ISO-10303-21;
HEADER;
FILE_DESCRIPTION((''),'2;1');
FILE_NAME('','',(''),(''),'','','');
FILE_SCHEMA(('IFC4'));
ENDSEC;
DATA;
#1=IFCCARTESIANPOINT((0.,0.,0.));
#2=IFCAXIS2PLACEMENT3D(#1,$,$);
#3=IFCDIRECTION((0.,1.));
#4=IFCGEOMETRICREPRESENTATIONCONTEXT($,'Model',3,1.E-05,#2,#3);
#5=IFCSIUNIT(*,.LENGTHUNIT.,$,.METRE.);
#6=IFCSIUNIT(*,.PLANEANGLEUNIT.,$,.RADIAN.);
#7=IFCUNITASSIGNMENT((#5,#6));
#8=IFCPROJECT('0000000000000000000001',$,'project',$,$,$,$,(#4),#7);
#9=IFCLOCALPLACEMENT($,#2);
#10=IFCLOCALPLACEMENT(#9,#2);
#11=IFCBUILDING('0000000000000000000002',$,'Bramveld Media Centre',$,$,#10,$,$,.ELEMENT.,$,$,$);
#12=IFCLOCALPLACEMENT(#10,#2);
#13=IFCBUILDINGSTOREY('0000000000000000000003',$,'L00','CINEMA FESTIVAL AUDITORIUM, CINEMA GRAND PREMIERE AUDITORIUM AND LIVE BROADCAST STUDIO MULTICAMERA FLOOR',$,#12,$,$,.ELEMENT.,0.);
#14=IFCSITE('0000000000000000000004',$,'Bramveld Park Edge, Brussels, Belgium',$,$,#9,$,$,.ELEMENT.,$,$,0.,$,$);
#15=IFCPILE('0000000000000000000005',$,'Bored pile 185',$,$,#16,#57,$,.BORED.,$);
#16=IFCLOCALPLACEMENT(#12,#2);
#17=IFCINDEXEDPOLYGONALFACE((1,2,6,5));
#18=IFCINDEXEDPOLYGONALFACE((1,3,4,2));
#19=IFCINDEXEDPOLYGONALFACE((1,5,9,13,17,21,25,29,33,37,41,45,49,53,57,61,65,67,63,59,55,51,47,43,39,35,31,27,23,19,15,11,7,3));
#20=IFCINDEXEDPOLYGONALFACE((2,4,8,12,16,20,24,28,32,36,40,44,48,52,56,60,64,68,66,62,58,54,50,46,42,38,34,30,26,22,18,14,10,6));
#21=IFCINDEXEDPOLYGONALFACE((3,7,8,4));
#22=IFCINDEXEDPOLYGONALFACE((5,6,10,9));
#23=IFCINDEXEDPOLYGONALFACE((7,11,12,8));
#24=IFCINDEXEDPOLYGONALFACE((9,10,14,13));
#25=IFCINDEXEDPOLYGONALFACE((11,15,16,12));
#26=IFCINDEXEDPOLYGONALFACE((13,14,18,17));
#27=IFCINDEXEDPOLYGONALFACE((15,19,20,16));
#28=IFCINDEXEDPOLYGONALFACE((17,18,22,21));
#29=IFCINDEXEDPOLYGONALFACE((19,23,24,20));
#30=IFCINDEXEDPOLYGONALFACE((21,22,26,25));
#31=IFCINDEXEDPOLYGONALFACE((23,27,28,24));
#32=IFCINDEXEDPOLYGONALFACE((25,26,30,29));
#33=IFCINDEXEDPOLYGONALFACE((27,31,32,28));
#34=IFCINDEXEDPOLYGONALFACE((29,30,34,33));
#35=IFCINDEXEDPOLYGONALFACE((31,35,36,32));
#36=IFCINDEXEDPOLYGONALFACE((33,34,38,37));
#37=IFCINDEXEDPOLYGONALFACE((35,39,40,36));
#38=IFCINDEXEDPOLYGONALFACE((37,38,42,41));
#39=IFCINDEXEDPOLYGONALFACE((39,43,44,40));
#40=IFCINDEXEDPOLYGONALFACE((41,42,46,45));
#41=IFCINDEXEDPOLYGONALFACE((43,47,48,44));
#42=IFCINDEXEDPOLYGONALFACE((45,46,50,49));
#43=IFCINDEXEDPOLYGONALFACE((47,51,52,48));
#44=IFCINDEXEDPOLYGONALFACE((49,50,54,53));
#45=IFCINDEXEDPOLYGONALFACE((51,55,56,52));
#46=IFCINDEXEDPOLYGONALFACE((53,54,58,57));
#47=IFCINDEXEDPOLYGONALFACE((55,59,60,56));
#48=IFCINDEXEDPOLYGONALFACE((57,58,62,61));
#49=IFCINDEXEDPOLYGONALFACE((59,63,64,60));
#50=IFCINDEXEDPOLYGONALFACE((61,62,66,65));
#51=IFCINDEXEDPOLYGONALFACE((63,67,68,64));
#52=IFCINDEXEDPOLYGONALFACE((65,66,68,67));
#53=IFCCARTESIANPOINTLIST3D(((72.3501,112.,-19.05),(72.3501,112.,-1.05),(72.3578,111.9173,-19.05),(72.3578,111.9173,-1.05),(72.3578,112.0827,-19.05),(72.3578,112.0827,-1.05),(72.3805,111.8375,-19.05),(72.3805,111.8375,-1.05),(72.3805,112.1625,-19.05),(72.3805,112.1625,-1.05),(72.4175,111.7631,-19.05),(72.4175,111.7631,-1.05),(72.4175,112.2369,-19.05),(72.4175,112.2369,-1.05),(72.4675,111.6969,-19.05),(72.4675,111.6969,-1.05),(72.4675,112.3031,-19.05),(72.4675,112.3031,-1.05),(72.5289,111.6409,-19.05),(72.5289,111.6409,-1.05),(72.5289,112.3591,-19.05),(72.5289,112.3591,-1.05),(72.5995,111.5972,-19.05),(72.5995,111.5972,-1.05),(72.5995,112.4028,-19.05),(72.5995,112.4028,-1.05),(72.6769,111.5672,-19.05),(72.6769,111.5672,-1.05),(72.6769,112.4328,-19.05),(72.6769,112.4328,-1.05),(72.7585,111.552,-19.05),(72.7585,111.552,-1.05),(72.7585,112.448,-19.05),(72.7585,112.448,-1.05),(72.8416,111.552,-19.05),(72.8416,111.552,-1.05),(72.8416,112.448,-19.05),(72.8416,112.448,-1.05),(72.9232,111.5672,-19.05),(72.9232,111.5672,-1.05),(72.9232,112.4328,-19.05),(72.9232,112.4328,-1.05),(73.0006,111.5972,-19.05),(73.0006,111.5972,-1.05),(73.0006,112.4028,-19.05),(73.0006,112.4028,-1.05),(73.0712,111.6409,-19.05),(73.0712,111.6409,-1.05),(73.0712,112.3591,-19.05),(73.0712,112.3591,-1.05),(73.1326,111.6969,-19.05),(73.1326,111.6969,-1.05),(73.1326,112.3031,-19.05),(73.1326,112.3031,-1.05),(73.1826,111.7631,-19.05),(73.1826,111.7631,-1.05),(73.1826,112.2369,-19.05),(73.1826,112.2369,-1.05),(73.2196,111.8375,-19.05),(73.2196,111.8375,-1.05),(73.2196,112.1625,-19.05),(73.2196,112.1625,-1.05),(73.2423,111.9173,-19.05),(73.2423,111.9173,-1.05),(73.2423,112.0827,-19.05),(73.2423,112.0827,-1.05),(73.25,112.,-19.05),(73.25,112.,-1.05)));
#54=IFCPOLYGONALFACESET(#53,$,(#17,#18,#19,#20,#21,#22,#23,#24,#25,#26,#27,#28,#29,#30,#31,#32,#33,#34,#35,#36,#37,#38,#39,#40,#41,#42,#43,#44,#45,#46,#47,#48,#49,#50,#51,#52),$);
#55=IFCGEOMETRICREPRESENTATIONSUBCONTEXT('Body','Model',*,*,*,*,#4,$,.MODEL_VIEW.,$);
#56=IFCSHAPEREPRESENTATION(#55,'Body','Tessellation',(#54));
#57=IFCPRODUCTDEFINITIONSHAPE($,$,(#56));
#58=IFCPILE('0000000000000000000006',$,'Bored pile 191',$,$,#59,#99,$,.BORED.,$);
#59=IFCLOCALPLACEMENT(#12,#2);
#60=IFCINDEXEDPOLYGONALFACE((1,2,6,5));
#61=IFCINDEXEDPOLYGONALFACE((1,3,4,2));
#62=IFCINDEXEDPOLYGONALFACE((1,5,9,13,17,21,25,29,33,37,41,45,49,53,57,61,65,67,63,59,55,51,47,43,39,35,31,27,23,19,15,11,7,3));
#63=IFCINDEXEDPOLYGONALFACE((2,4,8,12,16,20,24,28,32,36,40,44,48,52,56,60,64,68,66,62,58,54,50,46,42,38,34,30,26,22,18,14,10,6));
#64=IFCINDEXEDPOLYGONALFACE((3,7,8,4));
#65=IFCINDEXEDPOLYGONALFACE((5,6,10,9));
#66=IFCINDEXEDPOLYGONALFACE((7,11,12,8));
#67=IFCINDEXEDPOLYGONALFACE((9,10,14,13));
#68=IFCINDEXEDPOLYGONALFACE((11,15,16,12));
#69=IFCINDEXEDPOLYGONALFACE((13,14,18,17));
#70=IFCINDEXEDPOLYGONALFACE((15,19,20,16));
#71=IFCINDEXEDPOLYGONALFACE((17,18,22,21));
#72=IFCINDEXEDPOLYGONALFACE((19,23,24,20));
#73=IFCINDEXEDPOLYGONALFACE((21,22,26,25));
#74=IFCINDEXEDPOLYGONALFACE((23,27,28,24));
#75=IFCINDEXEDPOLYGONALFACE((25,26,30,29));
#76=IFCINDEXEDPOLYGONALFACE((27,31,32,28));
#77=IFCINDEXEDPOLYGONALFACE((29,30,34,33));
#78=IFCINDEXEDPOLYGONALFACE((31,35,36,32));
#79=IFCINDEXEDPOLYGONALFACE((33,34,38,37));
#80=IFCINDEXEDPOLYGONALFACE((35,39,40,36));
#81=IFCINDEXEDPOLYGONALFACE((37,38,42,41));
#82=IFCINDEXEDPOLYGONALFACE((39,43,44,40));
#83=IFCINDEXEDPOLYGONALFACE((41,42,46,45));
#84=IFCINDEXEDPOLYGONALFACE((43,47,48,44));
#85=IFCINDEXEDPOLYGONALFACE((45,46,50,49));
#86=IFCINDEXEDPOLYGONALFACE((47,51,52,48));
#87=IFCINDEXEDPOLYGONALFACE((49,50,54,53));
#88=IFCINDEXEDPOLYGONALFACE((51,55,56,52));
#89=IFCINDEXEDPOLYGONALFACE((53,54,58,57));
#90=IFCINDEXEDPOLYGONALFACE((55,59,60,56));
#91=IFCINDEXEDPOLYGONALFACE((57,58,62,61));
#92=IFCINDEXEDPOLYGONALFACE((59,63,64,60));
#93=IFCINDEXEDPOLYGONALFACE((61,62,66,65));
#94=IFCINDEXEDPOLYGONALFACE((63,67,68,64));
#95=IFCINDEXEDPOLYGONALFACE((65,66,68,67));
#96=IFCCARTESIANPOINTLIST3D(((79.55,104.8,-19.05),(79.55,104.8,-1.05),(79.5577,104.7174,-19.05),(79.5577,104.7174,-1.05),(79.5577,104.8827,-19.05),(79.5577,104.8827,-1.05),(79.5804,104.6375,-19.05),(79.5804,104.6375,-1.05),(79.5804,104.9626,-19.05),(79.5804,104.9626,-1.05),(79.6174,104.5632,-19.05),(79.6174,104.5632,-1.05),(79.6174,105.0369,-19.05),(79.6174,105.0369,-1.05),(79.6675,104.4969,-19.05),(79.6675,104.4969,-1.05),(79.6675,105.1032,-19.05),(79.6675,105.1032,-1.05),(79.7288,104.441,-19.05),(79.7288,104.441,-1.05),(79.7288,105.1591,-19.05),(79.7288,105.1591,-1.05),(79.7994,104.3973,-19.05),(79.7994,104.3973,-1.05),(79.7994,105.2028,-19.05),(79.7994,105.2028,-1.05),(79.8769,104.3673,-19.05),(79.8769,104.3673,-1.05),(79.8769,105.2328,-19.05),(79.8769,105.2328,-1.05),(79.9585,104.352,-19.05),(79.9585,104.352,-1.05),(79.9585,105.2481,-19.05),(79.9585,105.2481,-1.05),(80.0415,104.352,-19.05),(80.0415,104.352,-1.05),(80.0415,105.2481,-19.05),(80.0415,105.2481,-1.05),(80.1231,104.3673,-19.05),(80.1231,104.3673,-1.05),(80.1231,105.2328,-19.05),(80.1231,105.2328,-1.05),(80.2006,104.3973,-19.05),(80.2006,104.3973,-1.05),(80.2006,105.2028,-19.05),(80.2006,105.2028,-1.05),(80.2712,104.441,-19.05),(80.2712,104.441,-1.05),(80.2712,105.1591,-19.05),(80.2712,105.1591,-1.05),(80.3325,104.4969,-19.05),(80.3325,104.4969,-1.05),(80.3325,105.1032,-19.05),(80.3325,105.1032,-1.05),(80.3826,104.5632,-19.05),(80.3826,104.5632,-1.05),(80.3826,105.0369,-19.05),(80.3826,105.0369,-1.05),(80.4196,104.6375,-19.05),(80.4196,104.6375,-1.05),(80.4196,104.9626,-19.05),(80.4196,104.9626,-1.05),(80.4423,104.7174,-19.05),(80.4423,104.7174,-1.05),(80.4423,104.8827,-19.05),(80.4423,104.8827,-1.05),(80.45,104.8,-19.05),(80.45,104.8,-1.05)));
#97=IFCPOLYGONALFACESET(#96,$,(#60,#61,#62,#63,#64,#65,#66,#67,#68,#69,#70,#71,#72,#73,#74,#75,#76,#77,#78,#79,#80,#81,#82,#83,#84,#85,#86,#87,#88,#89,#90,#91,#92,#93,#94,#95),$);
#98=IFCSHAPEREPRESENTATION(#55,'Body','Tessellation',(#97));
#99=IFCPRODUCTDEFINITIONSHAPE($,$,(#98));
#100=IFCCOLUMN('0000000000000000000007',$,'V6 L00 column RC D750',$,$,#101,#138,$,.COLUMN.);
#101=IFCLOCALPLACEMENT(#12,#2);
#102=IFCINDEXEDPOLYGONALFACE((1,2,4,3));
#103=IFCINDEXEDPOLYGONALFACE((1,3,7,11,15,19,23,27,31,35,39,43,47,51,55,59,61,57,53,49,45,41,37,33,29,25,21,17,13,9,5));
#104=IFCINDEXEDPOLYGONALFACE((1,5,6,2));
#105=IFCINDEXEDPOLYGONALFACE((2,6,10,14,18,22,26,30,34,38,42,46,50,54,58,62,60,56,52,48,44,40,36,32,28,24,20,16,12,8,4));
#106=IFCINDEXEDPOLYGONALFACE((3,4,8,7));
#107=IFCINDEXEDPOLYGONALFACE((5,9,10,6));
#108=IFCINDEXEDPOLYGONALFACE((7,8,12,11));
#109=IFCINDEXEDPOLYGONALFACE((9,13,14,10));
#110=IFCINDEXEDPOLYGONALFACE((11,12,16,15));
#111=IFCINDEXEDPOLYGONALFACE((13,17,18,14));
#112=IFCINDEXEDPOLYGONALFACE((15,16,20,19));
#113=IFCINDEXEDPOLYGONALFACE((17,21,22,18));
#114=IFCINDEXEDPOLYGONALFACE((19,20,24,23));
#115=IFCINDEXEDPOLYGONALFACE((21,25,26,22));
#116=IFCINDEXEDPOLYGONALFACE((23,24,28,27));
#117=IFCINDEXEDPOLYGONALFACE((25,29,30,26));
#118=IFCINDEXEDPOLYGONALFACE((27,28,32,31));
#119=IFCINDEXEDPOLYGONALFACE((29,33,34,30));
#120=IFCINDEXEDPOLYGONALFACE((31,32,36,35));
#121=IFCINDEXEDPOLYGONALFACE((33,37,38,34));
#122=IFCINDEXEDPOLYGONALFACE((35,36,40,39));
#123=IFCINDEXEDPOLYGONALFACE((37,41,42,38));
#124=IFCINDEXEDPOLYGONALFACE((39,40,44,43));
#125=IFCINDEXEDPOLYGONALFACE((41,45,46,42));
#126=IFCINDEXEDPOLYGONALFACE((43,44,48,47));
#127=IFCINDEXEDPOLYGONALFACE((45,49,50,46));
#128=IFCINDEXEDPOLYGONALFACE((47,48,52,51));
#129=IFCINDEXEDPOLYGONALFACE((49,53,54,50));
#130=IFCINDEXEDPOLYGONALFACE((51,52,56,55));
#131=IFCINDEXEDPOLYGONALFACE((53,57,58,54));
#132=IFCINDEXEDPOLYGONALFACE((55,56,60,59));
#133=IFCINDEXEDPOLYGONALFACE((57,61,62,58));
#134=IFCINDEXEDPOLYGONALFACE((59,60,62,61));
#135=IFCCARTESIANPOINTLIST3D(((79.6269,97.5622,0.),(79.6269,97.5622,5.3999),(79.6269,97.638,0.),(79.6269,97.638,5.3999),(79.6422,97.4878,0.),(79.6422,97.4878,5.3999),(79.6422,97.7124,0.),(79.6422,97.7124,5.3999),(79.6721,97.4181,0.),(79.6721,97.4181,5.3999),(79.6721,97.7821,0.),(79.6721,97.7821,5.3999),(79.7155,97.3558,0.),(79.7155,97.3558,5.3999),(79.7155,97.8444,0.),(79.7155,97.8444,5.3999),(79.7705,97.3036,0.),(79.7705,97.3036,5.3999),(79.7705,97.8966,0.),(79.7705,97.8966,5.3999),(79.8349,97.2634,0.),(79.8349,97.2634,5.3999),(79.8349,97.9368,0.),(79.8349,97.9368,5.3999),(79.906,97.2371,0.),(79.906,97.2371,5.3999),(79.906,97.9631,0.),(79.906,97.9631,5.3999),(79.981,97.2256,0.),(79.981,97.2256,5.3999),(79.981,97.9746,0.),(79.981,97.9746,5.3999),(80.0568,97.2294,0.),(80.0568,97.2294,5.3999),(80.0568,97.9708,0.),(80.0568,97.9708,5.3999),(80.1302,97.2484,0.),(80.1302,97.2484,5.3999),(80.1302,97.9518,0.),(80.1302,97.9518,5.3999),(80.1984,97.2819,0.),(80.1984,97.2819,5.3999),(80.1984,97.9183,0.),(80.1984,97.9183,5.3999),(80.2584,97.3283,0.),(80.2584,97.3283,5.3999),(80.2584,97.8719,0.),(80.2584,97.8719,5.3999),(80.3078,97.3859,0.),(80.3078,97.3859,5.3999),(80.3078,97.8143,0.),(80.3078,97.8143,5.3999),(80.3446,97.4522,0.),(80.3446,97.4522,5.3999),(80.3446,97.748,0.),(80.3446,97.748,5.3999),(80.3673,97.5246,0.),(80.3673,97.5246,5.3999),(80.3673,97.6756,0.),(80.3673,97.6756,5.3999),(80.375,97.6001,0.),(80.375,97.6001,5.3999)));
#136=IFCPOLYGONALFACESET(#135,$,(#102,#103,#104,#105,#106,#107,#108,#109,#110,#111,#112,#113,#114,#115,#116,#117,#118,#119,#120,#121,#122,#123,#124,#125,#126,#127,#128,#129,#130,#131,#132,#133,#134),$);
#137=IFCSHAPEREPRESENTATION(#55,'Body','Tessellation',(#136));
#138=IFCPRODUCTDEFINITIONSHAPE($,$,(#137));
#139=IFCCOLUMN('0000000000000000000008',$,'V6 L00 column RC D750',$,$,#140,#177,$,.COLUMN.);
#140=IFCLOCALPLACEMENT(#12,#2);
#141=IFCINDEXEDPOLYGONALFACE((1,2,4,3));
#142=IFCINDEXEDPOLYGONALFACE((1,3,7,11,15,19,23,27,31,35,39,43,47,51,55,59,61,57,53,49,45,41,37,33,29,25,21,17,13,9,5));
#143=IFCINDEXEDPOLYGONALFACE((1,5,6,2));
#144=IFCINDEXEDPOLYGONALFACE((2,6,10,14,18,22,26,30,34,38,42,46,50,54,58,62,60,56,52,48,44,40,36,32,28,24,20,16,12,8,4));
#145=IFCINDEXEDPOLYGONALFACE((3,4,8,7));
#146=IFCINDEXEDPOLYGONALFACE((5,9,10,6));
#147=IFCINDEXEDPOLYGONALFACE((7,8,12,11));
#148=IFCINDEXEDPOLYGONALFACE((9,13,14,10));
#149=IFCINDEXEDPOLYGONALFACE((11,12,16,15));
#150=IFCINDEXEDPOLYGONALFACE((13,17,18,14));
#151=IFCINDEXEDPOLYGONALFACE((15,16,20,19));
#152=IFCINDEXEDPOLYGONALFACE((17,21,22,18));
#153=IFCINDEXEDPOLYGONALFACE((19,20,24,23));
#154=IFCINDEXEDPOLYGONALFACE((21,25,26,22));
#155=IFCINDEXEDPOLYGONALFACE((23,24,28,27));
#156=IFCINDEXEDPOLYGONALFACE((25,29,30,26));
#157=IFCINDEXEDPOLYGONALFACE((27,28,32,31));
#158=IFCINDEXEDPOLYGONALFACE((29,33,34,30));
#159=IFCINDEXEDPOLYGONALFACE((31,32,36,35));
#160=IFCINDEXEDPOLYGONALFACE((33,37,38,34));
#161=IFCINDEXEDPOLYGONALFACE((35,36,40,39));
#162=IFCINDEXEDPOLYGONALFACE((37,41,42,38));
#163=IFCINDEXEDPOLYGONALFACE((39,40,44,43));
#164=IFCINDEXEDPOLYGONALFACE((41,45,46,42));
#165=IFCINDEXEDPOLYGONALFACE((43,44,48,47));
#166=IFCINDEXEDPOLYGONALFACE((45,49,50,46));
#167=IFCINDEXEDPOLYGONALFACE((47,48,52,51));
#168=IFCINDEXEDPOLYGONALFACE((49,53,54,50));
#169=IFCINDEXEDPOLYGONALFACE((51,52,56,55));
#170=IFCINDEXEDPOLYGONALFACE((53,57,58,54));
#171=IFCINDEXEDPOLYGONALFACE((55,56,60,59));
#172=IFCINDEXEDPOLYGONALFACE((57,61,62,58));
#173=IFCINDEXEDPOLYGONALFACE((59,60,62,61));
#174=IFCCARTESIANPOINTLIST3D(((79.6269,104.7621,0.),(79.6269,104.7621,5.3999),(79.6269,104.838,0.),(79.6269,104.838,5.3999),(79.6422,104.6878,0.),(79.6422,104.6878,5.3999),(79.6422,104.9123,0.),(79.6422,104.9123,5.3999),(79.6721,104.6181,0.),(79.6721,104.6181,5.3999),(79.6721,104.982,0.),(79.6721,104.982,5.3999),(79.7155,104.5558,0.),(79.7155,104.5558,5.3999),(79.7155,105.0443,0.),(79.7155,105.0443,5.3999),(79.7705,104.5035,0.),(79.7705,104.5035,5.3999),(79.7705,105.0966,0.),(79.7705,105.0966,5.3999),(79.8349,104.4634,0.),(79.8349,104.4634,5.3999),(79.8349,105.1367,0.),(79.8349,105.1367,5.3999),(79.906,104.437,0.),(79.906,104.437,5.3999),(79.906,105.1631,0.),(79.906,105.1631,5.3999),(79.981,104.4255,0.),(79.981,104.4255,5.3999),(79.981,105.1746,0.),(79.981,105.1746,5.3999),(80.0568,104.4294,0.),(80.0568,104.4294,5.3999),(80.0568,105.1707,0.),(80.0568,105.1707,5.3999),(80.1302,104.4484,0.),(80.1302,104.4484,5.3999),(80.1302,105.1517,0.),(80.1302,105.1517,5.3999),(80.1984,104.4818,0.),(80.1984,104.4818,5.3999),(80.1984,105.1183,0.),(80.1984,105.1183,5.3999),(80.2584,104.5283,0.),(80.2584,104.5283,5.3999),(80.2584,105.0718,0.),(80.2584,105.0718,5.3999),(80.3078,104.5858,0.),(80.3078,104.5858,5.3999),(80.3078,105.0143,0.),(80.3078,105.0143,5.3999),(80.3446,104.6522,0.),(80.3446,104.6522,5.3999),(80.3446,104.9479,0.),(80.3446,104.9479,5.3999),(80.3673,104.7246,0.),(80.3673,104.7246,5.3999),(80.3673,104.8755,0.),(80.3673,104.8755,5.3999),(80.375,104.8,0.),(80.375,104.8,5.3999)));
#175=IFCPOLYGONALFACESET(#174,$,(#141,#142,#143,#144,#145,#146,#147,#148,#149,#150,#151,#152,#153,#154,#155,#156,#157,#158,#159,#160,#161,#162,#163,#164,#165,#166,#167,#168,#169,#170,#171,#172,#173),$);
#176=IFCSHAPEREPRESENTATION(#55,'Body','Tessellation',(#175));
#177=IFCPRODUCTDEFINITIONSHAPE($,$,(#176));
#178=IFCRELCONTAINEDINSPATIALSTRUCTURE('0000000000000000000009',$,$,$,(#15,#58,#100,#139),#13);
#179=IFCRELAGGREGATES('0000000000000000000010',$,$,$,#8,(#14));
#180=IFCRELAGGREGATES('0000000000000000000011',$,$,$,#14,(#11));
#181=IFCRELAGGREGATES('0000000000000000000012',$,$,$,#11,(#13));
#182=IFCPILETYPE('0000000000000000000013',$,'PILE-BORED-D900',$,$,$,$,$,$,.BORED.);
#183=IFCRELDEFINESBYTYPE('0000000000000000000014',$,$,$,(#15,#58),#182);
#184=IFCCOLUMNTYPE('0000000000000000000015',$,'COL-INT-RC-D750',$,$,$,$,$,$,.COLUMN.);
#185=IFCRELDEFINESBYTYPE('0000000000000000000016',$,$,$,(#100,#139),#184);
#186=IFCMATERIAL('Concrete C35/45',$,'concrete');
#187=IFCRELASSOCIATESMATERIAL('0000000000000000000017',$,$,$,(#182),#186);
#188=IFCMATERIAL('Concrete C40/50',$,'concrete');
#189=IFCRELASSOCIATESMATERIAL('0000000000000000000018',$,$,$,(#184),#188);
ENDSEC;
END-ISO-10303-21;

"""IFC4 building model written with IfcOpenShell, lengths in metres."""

from ifc_helpers import new_model, si_unit, direction, frame, origin, origin_2d, place, context, subcontext, project, spatial, circle, extrude, material, material_profile, profile_set, type_object, element, save


model = new_model("IFC4")

# Units and contexts
model_context = context("Model", 3, precision=1e-05, world=origin(), true_north=direction((0.0, 1.0)))
body_context = subcontext(model_context, "Body", "Model", "MODEL_VIEW")
ifc_project = project(units=[si_unit("LENGTHUNIT", "METRE"), si_unit("PLANEANGLEUNIT", "RADIAN")], contexts=[model_context])

# Site, building, storey
site_placement = place(None, origin())
site = spatial("IfcSite", under=ifc_project, at=site_placement, Name="Bramveld Park Edge, Brussels, Belgium", CompositionType="ELEMENT", RefElevation=0.0)
building_placement = place(site_placement, origin())
building = spatial("IfcBuilding", under=site, at=building_placement, Name="Bramveld Media Centre", CompositionType="ELEMENT")
storey_placement = place(building_placement, origin())
storey = spatial("IfcBuildingStorey", under=building, at=storey_placement, Name="L00", Description="CINEMA FESTIVAL AUDITORIUM, CINEMA GRAND PREMIERE AUDITORIUM AND LIVE BROADCAST STUDIO MULTICAMERA FLOOR", CompositionType="ELEMENT", Elevation=0.0)

# Piles
ifc_material_1 = material(Name="Concrete C35/45", Category="concrete")
ifc_material_profile_1 = material_profile(ifc_material_1, circle(Radius=0.45, at=origin_2d()), Name="BORED D900")
ifc_profile_set_1 = profile_set([ifc_material_profile_1], Name="Concrete C35/45")
pile_type_1 = type_object("IfcPileType", Name="PILE-BORED-D900", PredefinedType="BORED", material=ifc_profile_set_1)
for number, where, z_axis, x_axis, name in (
    (1, (72.8, 112.0, -1.05), (0.0, 0.0, -1.0), (1.0, 0.0, 0.0), "Bored pile 185"),
    (2, (80.0, 104.8, -1.05), (0.0, 0.0, -1.0), (1.0, 0.0, 0.0), "Bored pile 191"),
):
    element("IfcPile", number, at=place(storey_placement, frame(where, z_axis=z_axis, x_axis=x_axis)), inside=storey, type_object=pile_type_1, Name=name, PredefinedType="BORED", context=body_context, shape_type="SweptSolid", body=[
        extrude(circle(Radius=0.45, at=origin_2d()), origin(), (0.0, 0.0, 1.0), 18.0),
    ])

# Columns
ifc_material_2 = material(Name="Concrete C40/50", Category="concrete")
ifc_material_profile_2 = material_profile(ifc_material_2, circle(Radius=0.375, at=origin_2d()), Name="RC D750")
ifc_profile_set_2 = profile_set([ifc_material_profile_2], Name="Concrete C40/50")
column_type = type_object("IfcColumnType", Name="COL-INT-RC-D750", PredefinedType="COLUMN", material=ifc_profile_set_2)
for number, where, z_axis, x_axis, name in (
    (3, (80.0, 97.6001, 0.0), (0.0, 0.0, 1.0), (1.0, 0.0, 0.0), "V6 L00 column RC D750"),
    (4, (80.0, 104.8, 0.0), (0.0, 0.0, 1.0), (1.0, 0.0, 0.0), "V6 L00 column RC D750"),
):
    element("IfcColumn", number, at=place(storey_placement, frame(where, z_axis=z_axis, x_axis=x_axis)), inside=storey, type_object=column_type, Name=name, PredefinedType="COLUMN", context=body_context, shape_type="SweptSolid", body=[
        extrude(circle(Radius=0.375, at=origin_2d()), origin(), (0.0, 0.0, 1.0), 5.3999),
    ])

save(model, "model.ifc")
